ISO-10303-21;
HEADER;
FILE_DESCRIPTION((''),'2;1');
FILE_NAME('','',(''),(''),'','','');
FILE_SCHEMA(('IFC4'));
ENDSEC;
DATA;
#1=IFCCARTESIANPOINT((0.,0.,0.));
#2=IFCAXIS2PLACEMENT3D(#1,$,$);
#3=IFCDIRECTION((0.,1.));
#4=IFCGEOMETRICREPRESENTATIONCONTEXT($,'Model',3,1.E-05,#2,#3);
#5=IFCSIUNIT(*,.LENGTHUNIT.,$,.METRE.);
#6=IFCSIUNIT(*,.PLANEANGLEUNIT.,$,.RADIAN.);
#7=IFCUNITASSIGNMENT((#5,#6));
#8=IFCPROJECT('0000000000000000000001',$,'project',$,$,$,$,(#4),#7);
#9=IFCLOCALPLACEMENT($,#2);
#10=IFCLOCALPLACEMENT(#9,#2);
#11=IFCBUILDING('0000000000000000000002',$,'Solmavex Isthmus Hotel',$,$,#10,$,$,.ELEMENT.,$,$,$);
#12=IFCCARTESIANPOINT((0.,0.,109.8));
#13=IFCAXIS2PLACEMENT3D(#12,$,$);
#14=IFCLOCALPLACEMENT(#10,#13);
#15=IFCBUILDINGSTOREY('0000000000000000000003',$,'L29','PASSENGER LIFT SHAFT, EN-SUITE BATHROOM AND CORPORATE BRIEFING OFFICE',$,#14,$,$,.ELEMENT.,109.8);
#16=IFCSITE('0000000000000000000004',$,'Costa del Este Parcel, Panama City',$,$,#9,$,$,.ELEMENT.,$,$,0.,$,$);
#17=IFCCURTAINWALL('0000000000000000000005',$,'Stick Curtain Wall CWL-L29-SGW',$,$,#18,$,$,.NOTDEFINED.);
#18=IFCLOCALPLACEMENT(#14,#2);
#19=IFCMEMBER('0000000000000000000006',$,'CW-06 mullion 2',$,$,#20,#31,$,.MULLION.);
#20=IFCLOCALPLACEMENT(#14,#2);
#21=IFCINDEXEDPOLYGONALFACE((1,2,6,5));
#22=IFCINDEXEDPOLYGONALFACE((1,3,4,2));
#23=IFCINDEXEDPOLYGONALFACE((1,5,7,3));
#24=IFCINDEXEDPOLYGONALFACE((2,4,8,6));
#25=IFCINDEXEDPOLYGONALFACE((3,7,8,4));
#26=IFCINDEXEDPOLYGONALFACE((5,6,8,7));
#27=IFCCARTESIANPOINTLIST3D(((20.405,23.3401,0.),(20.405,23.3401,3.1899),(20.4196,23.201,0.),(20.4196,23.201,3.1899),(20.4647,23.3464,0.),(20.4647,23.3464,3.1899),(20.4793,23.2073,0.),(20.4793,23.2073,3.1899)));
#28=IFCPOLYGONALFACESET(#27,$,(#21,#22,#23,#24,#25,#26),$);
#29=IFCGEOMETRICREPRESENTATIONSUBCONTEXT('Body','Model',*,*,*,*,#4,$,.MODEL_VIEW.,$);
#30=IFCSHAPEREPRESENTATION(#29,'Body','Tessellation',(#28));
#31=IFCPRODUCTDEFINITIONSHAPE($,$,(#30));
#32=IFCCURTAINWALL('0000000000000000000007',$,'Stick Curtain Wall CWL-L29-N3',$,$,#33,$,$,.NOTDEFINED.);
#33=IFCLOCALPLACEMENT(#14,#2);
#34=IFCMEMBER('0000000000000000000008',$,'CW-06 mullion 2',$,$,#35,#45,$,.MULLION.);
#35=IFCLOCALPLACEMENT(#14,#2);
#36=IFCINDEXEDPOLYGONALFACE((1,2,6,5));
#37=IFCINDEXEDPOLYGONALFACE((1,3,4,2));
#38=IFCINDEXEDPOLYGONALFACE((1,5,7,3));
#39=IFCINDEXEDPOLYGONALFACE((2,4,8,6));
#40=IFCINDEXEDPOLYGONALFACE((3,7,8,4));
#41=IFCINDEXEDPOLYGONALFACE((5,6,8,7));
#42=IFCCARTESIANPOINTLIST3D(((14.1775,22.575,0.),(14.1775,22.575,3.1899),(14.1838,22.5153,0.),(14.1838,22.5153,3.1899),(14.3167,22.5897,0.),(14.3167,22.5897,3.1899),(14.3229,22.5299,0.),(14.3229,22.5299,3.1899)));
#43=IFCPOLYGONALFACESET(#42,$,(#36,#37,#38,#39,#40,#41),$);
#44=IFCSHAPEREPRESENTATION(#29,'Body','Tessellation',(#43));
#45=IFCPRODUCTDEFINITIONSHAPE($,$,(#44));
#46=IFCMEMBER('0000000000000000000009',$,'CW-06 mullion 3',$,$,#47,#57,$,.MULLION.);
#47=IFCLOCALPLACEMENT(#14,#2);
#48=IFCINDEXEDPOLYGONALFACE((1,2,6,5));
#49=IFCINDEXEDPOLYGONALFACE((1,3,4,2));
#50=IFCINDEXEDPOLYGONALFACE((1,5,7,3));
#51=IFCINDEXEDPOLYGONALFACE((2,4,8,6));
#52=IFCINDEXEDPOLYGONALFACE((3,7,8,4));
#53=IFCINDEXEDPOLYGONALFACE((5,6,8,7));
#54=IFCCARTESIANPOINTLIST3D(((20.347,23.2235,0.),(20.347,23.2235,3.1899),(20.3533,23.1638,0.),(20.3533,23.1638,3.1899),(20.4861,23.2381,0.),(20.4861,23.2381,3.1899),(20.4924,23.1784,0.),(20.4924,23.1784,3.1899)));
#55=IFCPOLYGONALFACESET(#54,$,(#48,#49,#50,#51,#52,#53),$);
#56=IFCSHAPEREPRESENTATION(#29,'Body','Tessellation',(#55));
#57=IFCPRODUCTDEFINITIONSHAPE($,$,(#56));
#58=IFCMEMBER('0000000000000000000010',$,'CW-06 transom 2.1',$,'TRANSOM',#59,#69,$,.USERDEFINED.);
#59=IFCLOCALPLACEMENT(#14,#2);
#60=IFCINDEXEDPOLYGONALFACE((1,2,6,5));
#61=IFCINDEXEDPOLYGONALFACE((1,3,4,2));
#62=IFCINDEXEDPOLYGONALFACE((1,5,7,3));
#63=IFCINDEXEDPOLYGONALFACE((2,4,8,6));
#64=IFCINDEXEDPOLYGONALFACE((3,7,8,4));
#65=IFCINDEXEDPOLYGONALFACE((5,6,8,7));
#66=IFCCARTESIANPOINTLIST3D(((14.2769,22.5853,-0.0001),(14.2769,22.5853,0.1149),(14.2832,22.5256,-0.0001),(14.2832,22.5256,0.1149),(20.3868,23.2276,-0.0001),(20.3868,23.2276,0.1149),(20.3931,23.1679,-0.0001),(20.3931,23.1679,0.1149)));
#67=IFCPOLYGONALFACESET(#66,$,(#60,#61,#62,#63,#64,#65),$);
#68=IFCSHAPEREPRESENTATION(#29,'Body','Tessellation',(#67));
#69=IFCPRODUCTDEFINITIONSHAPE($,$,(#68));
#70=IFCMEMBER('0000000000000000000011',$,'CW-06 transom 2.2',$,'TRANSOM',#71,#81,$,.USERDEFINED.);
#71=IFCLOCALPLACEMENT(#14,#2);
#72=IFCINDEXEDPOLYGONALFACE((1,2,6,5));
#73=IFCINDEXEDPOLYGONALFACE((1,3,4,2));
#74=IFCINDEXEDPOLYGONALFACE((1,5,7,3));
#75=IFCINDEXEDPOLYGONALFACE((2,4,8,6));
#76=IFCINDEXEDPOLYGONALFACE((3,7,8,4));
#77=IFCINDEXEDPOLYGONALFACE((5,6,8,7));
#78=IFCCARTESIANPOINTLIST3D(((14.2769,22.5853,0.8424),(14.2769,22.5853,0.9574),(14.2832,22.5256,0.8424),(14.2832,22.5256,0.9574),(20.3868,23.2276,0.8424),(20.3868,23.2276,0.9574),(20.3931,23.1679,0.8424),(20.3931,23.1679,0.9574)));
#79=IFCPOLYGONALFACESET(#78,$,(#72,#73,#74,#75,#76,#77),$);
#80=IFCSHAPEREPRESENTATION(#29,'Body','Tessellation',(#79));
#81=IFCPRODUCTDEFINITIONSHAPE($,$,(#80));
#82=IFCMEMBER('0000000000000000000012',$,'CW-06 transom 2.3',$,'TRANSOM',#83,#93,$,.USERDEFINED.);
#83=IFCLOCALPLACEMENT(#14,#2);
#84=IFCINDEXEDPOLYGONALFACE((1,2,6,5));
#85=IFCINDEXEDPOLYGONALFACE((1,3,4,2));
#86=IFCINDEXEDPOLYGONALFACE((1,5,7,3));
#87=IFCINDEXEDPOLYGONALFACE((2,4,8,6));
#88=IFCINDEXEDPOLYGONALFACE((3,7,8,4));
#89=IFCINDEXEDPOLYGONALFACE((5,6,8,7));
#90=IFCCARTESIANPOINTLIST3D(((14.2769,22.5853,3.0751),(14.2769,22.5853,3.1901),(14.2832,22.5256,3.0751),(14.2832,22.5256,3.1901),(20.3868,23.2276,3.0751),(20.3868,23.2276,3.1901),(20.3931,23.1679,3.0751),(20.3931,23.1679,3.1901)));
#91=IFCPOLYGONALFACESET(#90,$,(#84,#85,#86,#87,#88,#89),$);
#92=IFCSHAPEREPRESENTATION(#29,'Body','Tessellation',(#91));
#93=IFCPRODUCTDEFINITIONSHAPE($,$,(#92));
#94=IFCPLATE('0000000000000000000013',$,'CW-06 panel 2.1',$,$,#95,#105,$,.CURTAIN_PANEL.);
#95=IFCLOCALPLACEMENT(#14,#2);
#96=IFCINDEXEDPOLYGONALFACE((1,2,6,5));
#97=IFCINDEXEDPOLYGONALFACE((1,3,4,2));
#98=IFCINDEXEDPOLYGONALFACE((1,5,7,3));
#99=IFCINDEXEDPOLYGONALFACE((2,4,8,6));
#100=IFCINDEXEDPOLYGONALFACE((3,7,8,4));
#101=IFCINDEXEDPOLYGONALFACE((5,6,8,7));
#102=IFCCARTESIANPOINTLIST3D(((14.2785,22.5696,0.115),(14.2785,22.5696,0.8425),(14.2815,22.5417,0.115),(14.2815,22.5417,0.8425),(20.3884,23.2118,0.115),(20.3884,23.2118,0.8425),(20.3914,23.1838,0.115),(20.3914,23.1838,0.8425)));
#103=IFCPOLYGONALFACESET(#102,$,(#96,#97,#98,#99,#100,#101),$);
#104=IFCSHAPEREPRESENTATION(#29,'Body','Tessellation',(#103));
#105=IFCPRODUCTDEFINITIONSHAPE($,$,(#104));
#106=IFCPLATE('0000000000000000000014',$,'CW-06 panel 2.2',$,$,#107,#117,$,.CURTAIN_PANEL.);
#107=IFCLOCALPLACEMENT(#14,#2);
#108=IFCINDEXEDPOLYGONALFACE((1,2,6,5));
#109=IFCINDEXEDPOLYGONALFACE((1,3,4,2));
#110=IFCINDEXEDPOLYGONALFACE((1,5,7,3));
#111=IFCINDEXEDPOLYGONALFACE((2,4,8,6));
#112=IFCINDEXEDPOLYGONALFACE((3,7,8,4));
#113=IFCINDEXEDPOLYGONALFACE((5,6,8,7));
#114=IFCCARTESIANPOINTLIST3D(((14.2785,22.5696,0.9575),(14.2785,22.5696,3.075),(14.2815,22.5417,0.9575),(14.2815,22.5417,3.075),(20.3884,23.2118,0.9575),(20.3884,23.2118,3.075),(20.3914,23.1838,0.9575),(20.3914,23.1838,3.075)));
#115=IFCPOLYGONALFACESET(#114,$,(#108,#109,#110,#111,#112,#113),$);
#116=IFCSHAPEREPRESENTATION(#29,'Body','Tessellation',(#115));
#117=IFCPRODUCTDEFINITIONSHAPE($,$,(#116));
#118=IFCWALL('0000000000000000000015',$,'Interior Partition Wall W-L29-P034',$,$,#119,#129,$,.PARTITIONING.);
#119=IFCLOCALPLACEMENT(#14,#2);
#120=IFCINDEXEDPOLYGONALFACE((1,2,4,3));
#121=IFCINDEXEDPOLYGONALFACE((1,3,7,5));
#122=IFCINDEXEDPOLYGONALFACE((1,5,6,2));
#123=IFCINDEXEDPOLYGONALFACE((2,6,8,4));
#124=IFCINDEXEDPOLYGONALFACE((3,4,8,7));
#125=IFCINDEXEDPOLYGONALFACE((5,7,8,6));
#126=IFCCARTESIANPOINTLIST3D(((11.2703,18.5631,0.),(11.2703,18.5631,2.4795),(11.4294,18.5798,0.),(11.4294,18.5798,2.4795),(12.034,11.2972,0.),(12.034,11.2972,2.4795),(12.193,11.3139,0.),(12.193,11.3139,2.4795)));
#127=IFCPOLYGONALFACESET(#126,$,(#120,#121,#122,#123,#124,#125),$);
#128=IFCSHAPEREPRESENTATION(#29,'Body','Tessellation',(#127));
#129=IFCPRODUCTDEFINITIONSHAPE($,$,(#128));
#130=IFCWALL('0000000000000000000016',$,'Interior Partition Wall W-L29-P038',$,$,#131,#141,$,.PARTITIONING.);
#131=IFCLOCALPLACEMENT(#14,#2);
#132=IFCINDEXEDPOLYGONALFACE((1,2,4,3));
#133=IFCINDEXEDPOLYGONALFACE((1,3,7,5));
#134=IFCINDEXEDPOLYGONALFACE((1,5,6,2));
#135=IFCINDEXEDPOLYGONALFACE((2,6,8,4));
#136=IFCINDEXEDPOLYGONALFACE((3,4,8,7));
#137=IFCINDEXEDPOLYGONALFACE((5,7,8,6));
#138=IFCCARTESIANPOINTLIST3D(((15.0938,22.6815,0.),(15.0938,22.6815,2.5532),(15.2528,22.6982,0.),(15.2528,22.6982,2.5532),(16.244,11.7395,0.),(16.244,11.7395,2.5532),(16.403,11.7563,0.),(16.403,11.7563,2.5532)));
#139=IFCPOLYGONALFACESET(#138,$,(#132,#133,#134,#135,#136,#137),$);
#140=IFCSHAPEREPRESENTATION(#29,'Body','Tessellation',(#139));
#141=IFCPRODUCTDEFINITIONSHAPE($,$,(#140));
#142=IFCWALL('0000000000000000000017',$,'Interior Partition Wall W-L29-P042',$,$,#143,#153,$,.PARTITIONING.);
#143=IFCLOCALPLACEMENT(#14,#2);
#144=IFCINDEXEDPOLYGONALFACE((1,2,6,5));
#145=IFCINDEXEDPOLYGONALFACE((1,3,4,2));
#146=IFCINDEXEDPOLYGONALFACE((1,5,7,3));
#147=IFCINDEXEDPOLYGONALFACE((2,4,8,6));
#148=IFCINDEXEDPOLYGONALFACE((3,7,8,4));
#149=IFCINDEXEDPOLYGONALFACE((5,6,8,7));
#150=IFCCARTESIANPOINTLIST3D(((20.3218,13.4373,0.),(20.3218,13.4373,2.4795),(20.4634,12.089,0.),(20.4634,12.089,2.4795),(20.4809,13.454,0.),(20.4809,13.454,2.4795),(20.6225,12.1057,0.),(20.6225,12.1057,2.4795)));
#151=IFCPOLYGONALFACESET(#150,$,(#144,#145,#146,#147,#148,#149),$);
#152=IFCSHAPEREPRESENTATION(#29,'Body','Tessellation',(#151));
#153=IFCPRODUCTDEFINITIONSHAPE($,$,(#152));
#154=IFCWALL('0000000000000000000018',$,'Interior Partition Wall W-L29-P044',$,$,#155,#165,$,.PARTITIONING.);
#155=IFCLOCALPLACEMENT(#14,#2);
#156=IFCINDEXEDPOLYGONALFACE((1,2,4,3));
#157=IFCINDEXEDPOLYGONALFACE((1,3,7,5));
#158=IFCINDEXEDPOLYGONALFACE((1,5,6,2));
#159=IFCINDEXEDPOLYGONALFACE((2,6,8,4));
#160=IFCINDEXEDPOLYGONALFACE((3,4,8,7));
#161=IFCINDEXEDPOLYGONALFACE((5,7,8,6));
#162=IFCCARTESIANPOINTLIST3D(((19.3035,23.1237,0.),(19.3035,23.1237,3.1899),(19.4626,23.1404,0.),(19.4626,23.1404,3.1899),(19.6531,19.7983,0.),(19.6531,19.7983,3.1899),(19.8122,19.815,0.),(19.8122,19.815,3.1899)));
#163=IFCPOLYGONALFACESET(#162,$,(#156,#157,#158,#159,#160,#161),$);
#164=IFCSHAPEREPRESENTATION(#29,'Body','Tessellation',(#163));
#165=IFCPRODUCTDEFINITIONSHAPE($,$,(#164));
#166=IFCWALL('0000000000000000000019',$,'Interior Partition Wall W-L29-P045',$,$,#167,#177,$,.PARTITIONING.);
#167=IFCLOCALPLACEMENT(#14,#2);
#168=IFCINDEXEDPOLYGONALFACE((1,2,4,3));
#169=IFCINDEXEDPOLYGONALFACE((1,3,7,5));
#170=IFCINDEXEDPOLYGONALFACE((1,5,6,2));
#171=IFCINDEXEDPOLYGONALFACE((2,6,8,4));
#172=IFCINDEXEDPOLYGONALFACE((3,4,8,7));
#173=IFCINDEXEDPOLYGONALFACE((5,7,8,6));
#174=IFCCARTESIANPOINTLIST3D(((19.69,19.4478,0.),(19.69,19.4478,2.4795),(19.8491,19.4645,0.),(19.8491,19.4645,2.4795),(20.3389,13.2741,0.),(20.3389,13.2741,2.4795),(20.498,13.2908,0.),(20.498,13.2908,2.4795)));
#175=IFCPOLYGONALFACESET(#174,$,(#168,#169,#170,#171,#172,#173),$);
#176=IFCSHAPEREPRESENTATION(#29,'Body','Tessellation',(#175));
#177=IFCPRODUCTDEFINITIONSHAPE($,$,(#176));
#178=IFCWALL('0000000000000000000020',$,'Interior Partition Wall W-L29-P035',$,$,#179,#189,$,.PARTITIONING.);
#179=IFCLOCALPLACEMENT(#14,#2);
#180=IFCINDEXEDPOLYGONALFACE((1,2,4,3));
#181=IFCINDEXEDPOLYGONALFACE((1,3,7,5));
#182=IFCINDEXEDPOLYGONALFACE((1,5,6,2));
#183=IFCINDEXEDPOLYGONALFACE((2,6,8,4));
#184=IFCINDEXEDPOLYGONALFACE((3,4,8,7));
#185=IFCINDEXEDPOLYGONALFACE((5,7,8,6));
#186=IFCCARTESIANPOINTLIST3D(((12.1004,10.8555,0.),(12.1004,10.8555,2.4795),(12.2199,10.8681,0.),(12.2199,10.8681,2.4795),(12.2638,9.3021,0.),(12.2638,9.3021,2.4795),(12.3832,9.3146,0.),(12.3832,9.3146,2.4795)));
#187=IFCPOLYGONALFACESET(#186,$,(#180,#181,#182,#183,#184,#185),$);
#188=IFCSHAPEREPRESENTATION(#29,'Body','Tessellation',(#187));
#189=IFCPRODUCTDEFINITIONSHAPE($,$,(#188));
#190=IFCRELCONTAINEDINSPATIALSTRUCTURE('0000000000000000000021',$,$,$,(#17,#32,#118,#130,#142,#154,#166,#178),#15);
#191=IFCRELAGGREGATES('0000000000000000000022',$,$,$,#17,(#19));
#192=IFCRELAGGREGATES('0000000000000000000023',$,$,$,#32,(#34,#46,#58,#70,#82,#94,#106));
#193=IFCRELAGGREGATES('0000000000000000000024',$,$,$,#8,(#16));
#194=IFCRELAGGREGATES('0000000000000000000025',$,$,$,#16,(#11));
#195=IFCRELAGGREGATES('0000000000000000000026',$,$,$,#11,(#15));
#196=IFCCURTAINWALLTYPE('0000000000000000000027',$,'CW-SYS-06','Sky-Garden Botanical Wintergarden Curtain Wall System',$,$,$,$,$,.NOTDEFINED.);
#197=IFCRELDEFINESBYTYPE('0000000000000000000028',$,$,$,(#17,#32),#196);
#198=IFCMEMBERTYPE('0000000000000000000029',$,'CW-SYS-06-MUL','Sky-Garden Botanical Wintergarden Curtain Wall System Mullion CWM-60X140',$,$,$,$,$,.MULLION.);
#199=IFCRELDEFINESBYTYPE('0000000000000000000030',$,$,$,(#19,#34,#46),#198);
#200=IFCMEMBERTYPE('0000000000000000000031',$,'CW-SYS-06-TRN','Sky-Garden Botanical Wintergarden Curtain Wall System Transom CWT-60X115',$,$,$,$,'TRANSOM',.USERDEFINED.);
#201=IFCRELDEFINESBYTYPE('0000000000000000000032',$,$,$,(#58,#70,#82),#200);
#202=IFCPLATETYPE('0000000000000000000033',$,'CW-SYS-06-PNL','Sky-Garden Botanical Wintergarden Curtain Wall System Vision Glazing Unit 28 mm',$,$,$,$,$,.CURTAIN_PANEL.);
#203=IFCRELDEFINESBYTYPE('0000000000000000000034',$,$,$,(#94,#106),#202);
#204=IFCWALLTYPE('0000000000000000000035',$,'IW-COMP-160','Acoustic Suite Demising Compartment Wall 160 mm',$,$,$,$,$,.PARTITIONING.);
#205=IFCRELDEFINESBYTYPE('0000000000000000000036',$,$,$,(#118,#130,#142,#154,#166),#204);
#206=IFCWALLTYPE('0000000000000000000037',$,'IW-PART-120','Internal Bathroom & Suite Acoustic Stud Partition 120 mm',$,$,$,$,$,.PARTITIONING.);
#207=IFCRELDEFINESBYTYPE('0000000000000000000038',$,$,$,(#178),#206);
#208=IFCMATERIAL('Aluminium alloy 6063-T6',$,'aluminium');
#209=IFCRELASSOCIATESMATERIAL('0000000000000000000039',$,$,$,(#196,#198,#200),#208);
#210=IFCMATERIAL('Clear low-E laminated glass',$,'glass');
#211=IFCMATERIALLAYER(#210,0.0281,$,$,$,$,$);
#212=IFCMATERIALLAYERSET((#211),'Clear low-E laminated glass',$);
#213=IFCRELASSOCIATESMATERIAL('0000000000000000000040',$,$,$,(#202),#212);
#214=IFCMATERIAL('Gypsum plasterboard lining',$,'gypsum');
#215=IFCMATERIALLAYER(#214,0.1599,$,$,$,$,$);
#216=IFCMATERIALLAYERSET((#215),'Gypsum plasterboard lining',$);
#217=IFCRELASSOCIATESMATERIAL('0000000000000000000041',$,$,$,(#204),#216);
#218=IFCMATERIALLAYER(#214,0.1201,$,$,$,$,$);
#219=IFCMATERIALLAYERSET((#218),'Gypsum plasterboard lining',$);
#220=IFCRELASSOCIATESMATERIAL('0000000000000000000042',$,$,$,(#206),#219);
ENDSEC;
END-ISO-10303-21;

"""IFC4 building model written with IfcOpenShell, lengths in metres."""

from ifc_helpers import new_model, si_unit, direction, frame, frame_2d, origin, origin_2d, place, context, subcontext, project, spatial, rectangle, extrude, material, layer, layer_set, material_profile, profile_set, type_object, element, aggregate, save


model = new_model("IFC4")

# Units and contexts
model_context = context("Model", 3, precision=1e-05, world=origin(), true_north=direction((0.0, 1.0)))
body_context = subcontext(model_context, "Body", "Model", "MODEL_VIEW")
ifc_project = project(units=[si_unit("LENGTHUNIT", "METRE"), si_unit("PLANEANGLEUNIT", "RADIAN")], contexts=[model_context])

# Site, building, storey
site_placement = place(None, origin())
site = spatial("IfcSite", under=ifc_project, at=site_placement, Name="Costa del Este Parcel, Panama City", CompositionType="ELEMENT", RefElevation=0.0)
building_placement = place(site_placement, origin())
building = spatial("IfcBuilding", under=site, at=building_placement, Name="Solmavex Isthmus Hotel", CompositionType="ELEMENT")
storey_placement = place(building_placement, frame((0.0, 0.0, 109.8)))
storey = spatial("IfcBuildingStorey", under=building, at=storey_placement, Name="L29", Description="PASSENGER LIFT SHAFT, EN-SUITE BATHROOM AND CORPORATE BRIEFING OFFICE", CompositionType="ELEMENT", Elevation=109.8)

# Curtain wall, member
ifc_material_1 = material(Name="Aluminium alloy 6063-T6", Category="aluminium")
curtain_wall_type = type_object("IfcCurtainWallType", Name="CW-SYS-06", Description="Sky-Garden Botanical Wintergarden Curtain Wall System", PredefinedType="NOTDEFINED", material=ifc_material_1)
curtain_wall_1_placement = place(storey_placement, origin())
curtain_wall_1 = element("IfcCurtainWall", 1, at=curtain_wall_1_placement, inside=storey, type_object=curtain_wall_type, Name="Stick Curtain Wall CWL-L29-SGW", PredefinedType="NOTDEFINED")
ifc_material_profile_1 = material_profile(ifc_material_1, rectangle(XDim=0.0601, YDim=0.1399, at=origin_2d()), Name="CWM-60X140")
ifc_profile_set_1 = profile_set([ifc_material_profile_1], Name="Aluminium alloy 6063-T6")
member_type_1 = type_object("IfcMemberType", Name="CW-SYS-06-MUL", Description="Sky-Garden Botanical Wintergarden Curtain Wall System Mullion CWM-60X140", PredefinedType="MULLION", material=ifc_profile_set_1)
member_1_placement = place(storey_placement, frame((20.4421, 23.2737, 0.0), z_axis=(0.0, 0.0, 1.0), x_axis=(-0.994522, -0.104528, 0.0)))
member_1 = element("IfcMember", 2, at=member_1_placement, type_object=member_type_1, Name="CW-06 mullion 2", PredefinedType="MULLION", context=body_context, shape_type="SweptSolid", body=[
    extrude(rectangle(XDim=0.0601, YDim=0.1399, at=origin_2d()), origin(), (0.0, 0.0, 1.0), 3.1899),
])
aggregate(curtain_wall_1, [member_1])

# Curtain wall, members, plates
curtain_wall_2_placement = place(storey_placement, origin())
curtain_wall_2 = element("IfcCurtainWall", 3, at=curtain_wall_2_placement, inside=storey, type_object=curtain_wall_type, Name="Stick Curtain Wall CWL-L29-N3", PredefinedType="NOTDEFINED")
member_2_placement = place(storey_placement, frame((14.2502, 22.5525, 0.0), z_axis=(0.0, 0.0, 1.0), x_axis=(-0.104529, 0.994522, 0.0)))
member_2 = element("IfcMember", 4, at=member_2_placement, type_object=member_type_1, Name="CW-06 mullion 2", PredefinedType="MULLION", context=body_context, shape_type="SweptSolid", body=[
    extrude(rectangle(XDim=0.0601, YDim=0.1399, at=origin_2d()), origin(), (0.0, 0.0, 1.0), 3.1899),
])
member_3_placement = place(storey_placement, frame((20.4197, 23.2009, 0.0), z_axis=(0.0, 0.0, 1.0), x_axis=(-0.104529, 0.994522, 0.0)))
member_3 = element("IfcMember", 5, at=member_3_placement, type_object=member_type_1, Name="CW-06 mullion 3", PredefinedType="MULLION", context=body_context, shape_type="SweptSolid", body=[
    extrude(rectangle(XDim=0.0601, YDim=0.1399, at=origin_2d()), origin(), (0.0, 0.0, 1.0), 3.1899),
])
ifc_material_profile_2 = material_profile(ifc_material_1, rectangle(XDim=0.0601, YDim=0.115, at=origin_2d()), Name="CWT-60X115")
ifc_profile_set_2 = profile_set([ifc_material_profile_2], Name="Aluminium alloy 6063-T6")
member_type_2 = type_object("IfcMemberType", Name="CW-SYS-06-TRN", Description="Sky-Garden Botanical Wintergarden Curtain Wall System Transom CWT-60X115", ElementType="TRANSOM", PredefinedType="USERDEFINED", material=ifc_profile_set_2)
member_4_placement = place(storey_placement, frame((14.28, 22.5554, 0.0574), z_axis=(0.994519, 0.104554, 0.0), x_axis=(-0.104554, 0.994519, 0.0)))
member_4 = element("IfcMember", 6, at=member_4_placement, type_object=member_type_2, Name="CW-06 transom 2.1", ObjectType="TRANSOM", PredefinedType="USERDEFINED", context=body_context, shape_type="SweptSolid", body=[
    extrude(rectangle(XDim=0.0601, YDim=0.115, at=origin_2d()), origin(), (0.0, 0.0, 1.0), 6.1436),
])
member_5_placement = place(storey_placement, frame((14.28, 22.5554, 0.8999), z_axis=(0.994519, 0.104554, 0.0), x_axis=(-0.104554, 0.994519, 0.0)))
member_5 = element("IfcMember", 7, at=member_5_placement, type_object=member_type_2, Name="CW-06 transom 2.2", ObjectType="TRANSOM", PredefinedType="USERDEFINED", context=body_context, shape_type="SweptSolid", body=[
    extrude(rectangle(XDim=0.0601, YDim=0.115, at=origin_2d()), origin(), (0.0, 0.0, 1.0), 6.1436),
])
member_6_placement = place(storey_placement, frame((14.28, 22.5554, 3.1326), z_axis=(0.994519, 0.104554, 0.0), x_axis=(-0.104554, 0.994519, 0.0)))
member_6 = element("IfcMember", 8, at=member_6_placement, type_object=member_type_2, Name="CW-06 transom 2.3", ObjectType="TRANSOM", PredefinedType="USERDEFINED", context=body_context, shape_type="SweptSolid", body=[
    extrude(rectangle(XDim=0.0601, YDim=0.115, at=origin_2d()), origin(), (0.0, 0.0, 1.0), 6.1436),
])
ifc_material_2 = material(Name="Clear low-E laminated glass", Category="glass")
ifc_layer_1 = layer(ifc_material_2, 0.0281)
ifc_layer_set_1 = layer_set([ifc_layer_1], Name="Clear low-E laminated glass")
plate_type = type_object("IfcPlateType", Name="CW-SYS-06-PNL", Description="Sky-Garden Botanical Wintergarden Curtain Wall System Vision Glazing Unit 28 mm", PredefinedType="CURTAIN_PANEL", material=ifc_layer_set_1)
plate_1_placement = place(storey_placement, frame((17.335, 22.8767, 0.115), z_axis=(0.0, 0.0, 1.0), x_axis=(0.994522, 0.104529, 0.0)))
plate_1 = element("IfcPlate", 9, at=plate_1_placement, type_object=plate_type, Name="CW-06 panel 2.1", PredefinedType="CURTAIN_PANEL", context=body_context, shape_type="SweptSolid", body=[
    extrude(rectangle(XDim=6.1436, YDim=0.0281, at=origin_2d()), origin(), (0.0, 0.0, 1.0), 0.7275),
])
plate_2_placement = place(storey_placement, frame((17.335, 22.8767, 0.9575), z_axis=(0.0, 0.0, 1.0), x_axis=(0.994522, 0.104529, 0.0)))
plate_2 = element("IfcPlate", 10, at=plate_2_placement, type_object=plate_type, Name="CW-06 panel 2.2", PredefinedType="CURTAIN_PANEL", context=body_context, shape_type="SweptSolid", body=[
    extrude(rectangle(XDim=6.1436, YDim=0.0281, at=origin_2d()), origin(), (0.0, 0.0, 1.0), 2.1174),
])
aggregate(curtain_wall_2, [member_2, member_3, member_4, member_5, member_6, plate_1, plate_2])

# Walls
ifc_material_3 = material(Name="Gypsum plasterboard lining", Category="gypsum")
ifc_layer_2 = layer(ifc_material_3, 0.1599)
ifc_layer_set_2 = layer_set([ifc_layer_2], Name="Gypsum plasterboard lining")
wall_type_1 = type_object("IfcWallType", Name="IW-COMP-160", Description="Acoustic Suite Demising Compartment Wall 160 mm", PredefinedType="PARTITIONING", material=ifc_layer_set_2)
wall_1_placement = place(storey_placement, frame((11.3499, 18.5713, 0.0), z_axis=(0.0, 0.0, 1.0), x_axis=(0.104528, -0.994522, 0.0)))
element("IfcWall", 11, at=wall_1_placement, inside=storey, type_object=wall_type_1, Name="Interior Partition Wall W-L29-P034", PredefinedType="PARTITIONING", context=body_context, shape_type="SweptSolid", body=[
    extrude(rectangle(XDim=7.3059, YDim=0.1599, at=frame_2d((3.6528, 0.0))), origin(), (0.0, 0.0, 1.0), 2.4795),
])
wall_2_placement = place(storey_placement, frame((15.1733, 22.6897, 0.0), z_axis=(0.0, 0.0, 1.0), x_axis=(0.104538, -0.994521, 0.0)))
element("IfcWall", 12, at=wall_2_placement, inside=storey, type_object=wall_type_1, Name="Interior Partition Wall W-L29-P038", PredefinedType="PARTITIONING", context=body_context, shape_type="SweptSolid", body=[
    extrude(rectangle(XDim=11.0022, YDim=0.1599, at=frame_2d((5.501, 0.0))), origin(), (0.0, 0.0, 1.0), 2.5532),
])
wall_3_placement = place(storey_placement, frame((20.4014, 13.4456, 0.0), z_axis=(0.0, 0.0, 1.0), x_axis=(0.104441, -0.994531, 0.0)))
element("IfcWall", 13, at=wall_3_placement, inside=storey, type_object=wall_type_1, Name="Interior Partition Wall W-L29-P042", PredefinedType="PARTITIONING", context=body_context, shape_type="SweptSolid", body=[
    extrude(rectangle(XDim=1.3557, YDim=0.1599, at=frame_2d((0.6777, 0.0))), origin(), (0.0, 0.0, 1.0), 2.4795),
])
wall_4_placement = place(storey_placement, frame((19.3831, 23.1321, 0.0), z_axis=(0.0, 0.0, 1.0), x_axis=(0.104556, -0.994519, 0.0)))
element("IfcWall", 14, at=wall_4_placement, inside=storey, type_object=wall_type_1, Name="Interior Partition Wall W-L29-P044", PredefinedType="PARTITIONING", context=body_context, shape_type="SweptSolid", body=[
    extrude(rectangle(XDim=3.3438, YDim=0.1599, at=frame_2d((1.6719, 0.0))), origin(), (0.0, 0.0, 1.0), 3.1899),
])
wall_5_placement = place(storey_placement, frame((19.7695, 19.4563, 0.0), z_axis=(0.0, 0.0, 1.0), x_axis=(0.104533, -0.994521, 0.0)))
element("IfcWall", 15, at=wall_5_placement, inside=storey, type_object=wall_type_1, Name="Interior Partition Wall W-L29-P045", PredefinedType="PARTITIONING", context=body_context, shape_type="SweptSolid", body=[
    extrude(rectangle(XDim=6.2078, YDim=0.1599, at=frame_2d((3.104, 0.0))), origin(), (0.0, 0.0, 1.0), 2.4795),
])

# Wall
ifc_layer_3 = layer(ifc_material_3, 0.1201)
ifc_layer_set_3 = layer_set([ifc_layer_3], Name="Gypsum plasterboard lining")
wall_type_2 = type_object("IfcWallType", Name="IW-PART-120", Description="Internal Bathroom & Suite Acoustic Stud Partition 120 mm", PredefinedType="PARTITIONING", material=ifc_layer_set_3)
wall_6_placement = place(storey_placement, frame((12.1602, 10.8618, 0.0), z_axis=(0.0, 0.0, 1.0), x_axis=(0.104563, -0.994518, 0.0)))
element("IfcWall", 16, at=wall_6_placement, inside=storey, type_object=wall_type_2, Name="Interior Partition Wall W-L29-P035", PredefinedType="PARTITIONING", context=body_context, shape_type="SweptSolid", body=[
    extrude(rectangle(XDim=1.562, YDim=0.1201, at=frame_2d((0.781, 0.0))), origin(), (0.0, 0.0, 1.0), 2.4795),
])

save(model, "model.ifc")
